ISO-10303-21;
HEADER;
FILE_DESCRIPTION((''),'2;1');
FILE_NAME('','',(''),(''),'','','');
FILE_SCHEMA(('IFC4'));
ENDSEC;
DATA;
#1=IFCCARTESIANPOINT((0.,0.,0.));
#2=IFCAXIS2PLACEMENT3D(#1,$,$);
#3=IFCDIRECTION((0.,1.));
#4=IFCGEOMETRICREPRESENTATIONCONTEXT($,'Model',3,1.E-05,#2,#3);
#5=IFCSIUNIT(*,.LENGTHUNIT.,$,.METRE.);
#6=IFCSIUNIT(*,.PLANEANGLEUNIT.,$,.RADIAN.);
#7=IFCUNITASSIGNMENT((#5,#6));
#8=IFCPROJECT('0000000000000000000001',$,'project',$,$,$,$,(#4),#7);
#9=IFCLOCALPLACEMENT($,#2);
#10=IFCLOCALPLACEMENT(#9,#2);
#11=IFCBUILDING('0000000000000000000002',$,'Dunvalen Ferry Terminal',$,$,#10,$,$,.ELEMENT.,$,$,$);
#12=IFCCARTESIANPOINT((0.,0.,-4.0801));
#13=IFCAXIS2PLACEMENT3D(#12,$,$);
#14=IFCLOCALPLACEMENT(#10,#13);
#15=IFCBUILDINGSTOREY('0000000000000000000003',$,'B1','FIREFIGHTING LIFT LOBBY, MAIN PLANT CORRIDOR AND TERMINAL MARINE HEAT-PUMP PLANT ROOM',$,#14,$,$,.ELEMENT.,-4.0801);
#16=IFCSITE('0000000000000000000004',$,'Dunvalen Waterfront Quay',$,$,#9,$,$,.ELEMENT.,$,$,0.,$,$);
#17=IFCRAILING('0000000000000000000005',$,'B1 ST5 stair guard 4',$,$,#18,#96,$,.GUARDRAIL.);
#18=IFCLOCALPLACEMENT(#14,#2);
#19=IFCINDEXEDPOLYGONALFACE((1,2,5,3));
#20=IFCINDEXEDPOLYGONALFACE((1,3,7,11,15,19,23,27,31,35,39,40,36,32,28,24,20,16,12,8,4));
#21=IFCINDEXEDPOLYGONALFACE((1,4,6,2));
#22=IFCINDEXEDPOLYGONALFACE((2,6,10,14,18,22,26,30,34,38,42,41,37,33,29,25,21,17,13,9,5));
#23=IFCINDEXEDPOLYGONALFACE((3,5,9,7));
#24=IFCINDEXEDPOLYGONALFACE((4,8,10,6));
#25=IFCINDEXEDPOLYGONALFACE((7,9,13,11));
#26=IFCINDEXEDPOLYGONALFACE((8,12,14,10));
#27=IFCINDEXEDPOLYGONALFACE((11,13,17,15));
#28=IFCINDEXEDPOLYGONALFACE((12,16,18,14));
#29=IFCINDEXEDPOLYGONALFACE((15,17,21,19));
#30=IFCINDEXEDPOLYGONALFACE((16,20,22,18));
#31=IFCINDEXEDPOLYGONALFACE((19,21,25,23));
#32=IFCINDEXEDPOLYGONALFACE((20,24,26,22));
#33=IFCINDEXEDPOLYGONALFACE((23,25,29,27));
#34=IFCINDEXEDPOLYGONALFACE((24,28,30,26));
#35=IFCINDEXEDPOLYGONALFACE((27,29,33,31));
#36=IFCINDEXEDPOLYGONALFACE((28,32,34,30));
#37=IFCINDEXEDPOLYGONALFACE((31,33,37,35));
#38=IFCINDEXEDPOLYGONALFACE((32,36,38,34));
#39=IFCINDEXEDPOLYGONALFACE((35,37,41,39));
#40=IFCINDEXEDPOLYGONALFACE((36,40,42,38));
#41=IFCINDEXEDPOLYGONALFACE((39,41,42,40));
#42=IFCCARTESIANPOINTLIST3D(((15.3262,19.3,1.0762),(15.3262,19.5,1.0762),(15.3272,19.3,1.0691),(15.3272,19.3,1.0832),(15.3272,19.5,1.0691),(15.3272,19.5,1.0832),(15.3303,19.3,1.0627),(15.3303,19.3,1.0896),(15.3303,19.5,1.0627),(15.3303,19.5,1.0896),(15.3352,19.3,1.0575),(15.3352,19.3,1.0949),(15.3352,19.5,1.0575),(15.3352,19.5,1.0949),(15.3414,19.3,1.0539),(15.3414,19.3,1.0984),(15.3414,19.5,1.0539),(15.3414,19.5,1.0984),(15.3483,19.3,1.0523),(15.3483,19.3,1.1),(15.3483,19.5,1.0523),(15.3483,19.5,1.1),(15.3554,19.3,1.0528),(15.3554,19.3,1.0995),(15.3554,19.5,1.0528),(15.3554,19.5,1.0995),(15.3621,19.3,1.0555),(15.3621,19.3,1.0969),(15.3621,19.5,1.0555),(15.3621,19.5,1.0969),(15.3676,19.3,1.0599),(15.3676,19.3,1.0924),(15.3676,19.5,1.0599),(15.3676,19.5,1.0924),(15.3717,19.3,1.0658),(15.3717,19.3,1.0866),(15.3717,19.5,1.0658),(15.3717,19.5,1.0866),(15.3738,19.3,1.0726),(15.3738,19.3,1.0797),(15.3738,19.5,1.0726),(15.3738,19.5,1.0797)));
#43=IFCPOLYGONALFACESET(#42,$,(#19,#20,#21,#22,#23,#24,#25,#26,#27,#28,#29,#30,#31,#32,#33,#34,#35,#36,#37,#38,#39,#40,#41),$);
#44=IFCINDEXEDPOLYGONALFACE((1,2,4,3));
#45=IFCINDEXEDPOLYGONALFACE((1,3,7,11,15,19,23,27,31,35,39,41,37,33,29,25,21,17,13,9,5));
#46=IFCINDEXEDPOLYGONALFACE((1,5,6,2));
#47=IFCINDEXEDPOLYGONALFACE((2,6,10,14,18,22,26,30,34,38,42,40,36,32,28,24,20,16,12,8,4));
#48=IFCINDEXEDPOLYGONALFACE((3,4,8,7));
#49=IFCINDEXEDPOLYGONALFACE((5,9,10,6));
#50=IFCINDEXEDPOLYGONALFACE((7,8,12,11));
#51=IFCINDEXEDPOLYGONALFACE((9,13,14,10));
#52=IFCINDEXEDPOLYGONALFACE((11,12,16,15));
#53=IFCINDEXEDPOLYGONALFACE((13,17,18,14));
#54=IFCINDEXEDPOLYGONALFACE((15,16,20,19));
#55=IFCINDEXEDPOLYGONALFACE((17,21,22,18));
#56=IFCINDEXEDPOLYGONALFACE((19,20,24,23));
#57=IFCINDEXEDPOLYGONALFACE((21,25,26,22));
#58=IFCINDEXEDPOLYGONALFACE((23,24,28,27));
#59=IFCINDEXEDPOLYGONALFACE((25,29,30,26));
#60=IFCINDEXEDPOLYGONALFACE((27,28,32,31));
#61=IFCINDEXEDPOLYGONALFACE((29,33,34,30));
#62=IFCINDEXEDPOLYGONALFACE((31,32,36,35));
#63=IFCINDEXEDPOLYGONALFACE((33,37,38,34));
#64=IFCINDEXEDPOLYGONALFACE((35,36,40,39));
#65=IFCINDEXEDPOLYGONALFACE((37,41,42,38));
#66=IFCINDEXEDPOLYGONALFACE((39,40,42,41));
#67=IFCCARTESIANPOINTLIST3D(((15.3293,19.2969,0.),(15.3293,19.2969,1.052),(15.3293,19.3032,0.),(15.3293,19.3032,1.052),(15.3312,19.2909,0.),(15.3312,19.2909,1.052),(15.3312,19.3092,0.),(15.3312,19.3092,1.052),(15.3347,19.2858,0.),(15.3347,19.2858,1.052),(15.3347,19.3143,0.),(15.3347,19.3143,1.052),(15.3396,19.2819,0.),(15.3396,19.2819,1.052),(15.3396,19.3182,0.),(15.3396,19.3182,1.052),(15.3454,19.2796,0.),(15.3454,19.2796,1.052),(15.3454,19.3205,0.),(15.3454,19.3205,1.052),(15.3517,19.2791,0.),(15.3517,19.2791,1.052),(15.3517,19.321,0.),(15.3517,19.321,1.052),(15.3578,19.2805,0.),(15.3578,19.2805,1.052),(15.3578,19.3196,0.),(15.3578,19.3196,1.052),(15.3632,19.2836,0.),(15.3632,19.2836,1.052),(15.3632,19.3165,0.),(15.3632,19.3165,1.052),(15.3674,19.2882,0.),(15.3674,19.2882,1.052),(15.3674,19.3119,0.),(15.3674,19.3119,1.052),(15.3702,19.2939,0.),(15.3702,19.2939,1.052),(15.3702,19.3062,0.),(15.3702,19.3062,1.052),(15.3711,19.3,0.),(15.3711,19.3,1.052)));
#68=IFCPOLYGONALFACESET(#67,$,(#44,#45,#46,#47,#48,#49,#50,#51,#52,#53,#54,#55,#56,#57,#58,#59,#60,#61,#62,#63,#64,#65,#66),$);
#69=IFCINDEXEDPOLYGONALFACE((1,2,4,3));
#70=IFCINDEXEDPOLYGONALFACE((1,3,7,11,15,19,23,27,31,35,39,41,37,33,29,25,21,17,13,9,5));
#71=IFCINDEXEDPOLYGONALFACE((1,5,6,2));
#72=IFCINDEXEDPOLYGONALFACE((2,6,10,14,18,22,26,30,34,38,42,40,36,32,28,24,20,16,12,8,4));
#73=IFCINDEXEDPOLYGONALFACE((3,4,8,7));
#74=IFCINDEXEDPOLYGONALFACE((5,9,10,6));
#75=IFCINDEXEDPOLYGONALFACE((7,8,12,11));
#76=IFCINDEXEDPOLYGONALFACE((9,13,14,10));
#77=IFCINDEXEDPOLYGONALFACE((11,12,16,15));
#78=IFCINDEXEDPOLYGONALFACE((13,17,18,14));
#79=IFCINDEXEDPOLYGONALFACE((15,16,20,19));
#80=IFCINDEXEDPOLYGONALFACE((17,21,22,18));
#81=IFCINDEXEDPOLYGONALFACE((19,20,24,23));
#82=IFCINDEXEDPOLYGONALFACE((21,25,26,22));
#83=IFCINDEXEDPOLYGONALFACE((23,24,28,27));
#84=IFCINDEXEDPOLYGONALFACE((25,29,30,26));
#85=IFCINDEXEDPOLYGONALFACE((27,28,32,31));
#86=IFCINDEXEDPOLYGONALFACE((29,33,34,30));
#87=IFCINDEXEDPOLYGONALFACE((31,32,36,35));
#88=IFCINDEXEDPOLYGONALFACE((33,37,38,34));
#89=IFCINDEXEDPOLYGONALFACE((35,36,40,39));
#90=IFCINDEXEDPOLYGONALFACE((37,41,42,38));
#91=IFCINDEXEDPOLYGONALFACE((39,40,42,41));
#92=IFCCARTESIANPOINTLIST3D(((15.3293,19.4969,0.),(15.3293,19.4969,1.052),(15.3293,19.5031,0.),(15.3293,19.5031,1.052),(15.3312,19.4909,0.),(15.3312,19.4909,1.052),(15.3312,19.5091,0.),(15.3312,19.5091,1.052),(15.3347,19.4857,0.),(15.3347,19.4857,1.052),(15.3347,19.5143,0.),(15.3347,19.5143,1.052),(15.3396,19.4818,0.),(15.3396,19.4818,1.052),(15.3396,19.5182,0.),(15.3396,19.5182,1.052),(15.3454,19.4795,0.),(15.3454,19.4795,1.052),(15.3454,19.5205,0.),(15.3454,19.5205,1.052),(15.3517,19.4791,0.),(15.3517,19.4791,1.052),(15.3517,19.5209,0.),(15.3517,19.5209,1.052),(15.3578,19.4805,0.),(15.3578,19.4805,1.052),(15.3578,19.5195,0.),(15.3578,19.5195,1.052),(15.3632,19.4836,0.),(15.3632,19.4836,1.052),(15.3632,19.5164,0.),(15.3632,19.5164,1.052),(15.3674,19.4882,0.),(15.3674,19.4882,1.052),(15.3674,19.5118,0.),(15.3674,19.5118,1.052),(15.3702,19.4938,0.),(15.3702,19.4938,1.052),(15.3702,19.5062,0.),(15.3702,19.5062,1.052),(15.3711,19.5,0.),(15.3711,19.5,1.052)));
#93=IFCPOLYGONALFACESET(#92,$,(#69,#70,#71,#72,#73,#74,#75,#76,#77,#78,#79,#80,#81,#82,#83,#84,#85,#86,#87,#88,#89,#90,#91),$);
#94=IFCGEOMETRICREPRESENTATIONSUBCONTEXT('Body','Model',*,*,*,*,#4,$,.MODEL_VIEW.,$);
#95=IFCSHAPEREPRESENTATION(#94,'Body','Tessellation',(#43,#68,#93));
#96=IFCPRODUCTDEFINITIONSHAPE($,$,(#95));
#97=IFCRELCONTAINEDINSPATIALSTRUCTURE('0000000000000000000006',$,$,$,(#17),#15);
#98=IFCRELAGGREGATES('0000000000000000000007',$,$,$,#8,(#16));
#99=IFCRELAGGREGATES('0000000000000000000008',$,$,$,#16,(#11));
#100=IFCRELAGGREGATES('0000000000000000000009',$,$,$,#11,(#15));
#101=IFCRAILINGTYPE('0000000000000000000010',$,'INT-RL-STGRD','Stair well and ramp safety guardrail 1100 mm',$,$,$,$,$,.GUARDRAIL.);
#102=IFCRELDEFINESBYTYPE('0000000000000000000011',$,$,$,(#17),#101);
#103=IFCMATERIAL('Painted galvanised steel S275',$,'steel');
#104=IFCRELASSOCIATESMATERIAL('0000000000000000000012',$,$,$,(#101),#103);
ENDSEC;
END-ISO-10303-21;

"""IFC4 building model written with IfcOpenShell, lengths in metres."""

from ifc_helpers import new_model, si_unit, direction, frame, origin, origin_2d, place, context, subcontext, project, spatial, circle, extrude, material, type_object, element, save


model = new_model("IFC4")

# Units and contexts
model_context = context("Model", 3, precision=1e-05, world=origin(), true_north=direction((0.0, 1.0)))
body_context = subcontext(model_context, "Body", "Model", "MODEL_VIEW")
ifc_project = project(units=[si_unit("LENGTHUNIT", "METRE"), si_unit("PLANEANGLEUNIT", "RADIAN")], contexts=[model_context])

# Site, building, storey
site_placement = place(None, origin())
site = spatial("IfcSite", under=ifc_project, at=site_placement, Name="Dunvalen Waterfront Quay", CompositionType="ELEMENT", RefElevation=0.0)
building_placement = place(site_placement, origin())
building = spatial("IfcBuilding", under=site, at=building_placement, Name="Dunvalen Ferry Terminal", CompositionType="ELEMENT")
storey_placement = place(building_placement, frame((0.0, 0.0, -4.0801)))
storey = spatial("IfcBuildingStorey", under=building, at=storey_placement, Name="B1", Description="FIREFIGHTING LIFT LOBBY, MAIN PLANT CORRIDOR AND TERMINAL MARINE HEAT-PUMP PLANT ROOM", CompositionType="ELEMENT", Elevation=-4.0801)

# Railing
ifc_material_1 = material(Name="Painted galvanised steel S275", Category="steel")
railing_type_1 = type_object("IfcRailingType", Name="INT-RL-STGRD", Description="Stair well and ramp safety guardrail 1100 mm", PredefinedType="GUARDRAIL", material=ifc_material_1)
railing_1_placement = place(storey_placement, frame((15.3501, 19.3, 0.0)))
element("IfcRailing", 1, at=railing_1_placement, inside=storey, type_object=railing_type_1, Name="B1 ST5 stair guard 4", PredefinedType="GUARDRAIL", context=body_context, shape_type="SweptSolid", body=[
    extrude(circle(Radius=0.0239, at=origin_2d()), frame((0.0, 0.0, 1.0762), z_axis=(0.0, 1.0, 0.0), x_axis=(-1.0, 0.0, 0.0)), (0.0, 0.0, 1.0), 0.2),
    extrude(circle(Radius=0.021, at=origin_2d()), origin(), (0.0, 0.0, 1.0), 1.052),
    extrude(circle(Radius=0.021, at=origin_2d()), frame((0.0, 0.2, 0.0)), (0.0, 0.0, 1.0), 1.052),
])

save(model, "model.ifc")
